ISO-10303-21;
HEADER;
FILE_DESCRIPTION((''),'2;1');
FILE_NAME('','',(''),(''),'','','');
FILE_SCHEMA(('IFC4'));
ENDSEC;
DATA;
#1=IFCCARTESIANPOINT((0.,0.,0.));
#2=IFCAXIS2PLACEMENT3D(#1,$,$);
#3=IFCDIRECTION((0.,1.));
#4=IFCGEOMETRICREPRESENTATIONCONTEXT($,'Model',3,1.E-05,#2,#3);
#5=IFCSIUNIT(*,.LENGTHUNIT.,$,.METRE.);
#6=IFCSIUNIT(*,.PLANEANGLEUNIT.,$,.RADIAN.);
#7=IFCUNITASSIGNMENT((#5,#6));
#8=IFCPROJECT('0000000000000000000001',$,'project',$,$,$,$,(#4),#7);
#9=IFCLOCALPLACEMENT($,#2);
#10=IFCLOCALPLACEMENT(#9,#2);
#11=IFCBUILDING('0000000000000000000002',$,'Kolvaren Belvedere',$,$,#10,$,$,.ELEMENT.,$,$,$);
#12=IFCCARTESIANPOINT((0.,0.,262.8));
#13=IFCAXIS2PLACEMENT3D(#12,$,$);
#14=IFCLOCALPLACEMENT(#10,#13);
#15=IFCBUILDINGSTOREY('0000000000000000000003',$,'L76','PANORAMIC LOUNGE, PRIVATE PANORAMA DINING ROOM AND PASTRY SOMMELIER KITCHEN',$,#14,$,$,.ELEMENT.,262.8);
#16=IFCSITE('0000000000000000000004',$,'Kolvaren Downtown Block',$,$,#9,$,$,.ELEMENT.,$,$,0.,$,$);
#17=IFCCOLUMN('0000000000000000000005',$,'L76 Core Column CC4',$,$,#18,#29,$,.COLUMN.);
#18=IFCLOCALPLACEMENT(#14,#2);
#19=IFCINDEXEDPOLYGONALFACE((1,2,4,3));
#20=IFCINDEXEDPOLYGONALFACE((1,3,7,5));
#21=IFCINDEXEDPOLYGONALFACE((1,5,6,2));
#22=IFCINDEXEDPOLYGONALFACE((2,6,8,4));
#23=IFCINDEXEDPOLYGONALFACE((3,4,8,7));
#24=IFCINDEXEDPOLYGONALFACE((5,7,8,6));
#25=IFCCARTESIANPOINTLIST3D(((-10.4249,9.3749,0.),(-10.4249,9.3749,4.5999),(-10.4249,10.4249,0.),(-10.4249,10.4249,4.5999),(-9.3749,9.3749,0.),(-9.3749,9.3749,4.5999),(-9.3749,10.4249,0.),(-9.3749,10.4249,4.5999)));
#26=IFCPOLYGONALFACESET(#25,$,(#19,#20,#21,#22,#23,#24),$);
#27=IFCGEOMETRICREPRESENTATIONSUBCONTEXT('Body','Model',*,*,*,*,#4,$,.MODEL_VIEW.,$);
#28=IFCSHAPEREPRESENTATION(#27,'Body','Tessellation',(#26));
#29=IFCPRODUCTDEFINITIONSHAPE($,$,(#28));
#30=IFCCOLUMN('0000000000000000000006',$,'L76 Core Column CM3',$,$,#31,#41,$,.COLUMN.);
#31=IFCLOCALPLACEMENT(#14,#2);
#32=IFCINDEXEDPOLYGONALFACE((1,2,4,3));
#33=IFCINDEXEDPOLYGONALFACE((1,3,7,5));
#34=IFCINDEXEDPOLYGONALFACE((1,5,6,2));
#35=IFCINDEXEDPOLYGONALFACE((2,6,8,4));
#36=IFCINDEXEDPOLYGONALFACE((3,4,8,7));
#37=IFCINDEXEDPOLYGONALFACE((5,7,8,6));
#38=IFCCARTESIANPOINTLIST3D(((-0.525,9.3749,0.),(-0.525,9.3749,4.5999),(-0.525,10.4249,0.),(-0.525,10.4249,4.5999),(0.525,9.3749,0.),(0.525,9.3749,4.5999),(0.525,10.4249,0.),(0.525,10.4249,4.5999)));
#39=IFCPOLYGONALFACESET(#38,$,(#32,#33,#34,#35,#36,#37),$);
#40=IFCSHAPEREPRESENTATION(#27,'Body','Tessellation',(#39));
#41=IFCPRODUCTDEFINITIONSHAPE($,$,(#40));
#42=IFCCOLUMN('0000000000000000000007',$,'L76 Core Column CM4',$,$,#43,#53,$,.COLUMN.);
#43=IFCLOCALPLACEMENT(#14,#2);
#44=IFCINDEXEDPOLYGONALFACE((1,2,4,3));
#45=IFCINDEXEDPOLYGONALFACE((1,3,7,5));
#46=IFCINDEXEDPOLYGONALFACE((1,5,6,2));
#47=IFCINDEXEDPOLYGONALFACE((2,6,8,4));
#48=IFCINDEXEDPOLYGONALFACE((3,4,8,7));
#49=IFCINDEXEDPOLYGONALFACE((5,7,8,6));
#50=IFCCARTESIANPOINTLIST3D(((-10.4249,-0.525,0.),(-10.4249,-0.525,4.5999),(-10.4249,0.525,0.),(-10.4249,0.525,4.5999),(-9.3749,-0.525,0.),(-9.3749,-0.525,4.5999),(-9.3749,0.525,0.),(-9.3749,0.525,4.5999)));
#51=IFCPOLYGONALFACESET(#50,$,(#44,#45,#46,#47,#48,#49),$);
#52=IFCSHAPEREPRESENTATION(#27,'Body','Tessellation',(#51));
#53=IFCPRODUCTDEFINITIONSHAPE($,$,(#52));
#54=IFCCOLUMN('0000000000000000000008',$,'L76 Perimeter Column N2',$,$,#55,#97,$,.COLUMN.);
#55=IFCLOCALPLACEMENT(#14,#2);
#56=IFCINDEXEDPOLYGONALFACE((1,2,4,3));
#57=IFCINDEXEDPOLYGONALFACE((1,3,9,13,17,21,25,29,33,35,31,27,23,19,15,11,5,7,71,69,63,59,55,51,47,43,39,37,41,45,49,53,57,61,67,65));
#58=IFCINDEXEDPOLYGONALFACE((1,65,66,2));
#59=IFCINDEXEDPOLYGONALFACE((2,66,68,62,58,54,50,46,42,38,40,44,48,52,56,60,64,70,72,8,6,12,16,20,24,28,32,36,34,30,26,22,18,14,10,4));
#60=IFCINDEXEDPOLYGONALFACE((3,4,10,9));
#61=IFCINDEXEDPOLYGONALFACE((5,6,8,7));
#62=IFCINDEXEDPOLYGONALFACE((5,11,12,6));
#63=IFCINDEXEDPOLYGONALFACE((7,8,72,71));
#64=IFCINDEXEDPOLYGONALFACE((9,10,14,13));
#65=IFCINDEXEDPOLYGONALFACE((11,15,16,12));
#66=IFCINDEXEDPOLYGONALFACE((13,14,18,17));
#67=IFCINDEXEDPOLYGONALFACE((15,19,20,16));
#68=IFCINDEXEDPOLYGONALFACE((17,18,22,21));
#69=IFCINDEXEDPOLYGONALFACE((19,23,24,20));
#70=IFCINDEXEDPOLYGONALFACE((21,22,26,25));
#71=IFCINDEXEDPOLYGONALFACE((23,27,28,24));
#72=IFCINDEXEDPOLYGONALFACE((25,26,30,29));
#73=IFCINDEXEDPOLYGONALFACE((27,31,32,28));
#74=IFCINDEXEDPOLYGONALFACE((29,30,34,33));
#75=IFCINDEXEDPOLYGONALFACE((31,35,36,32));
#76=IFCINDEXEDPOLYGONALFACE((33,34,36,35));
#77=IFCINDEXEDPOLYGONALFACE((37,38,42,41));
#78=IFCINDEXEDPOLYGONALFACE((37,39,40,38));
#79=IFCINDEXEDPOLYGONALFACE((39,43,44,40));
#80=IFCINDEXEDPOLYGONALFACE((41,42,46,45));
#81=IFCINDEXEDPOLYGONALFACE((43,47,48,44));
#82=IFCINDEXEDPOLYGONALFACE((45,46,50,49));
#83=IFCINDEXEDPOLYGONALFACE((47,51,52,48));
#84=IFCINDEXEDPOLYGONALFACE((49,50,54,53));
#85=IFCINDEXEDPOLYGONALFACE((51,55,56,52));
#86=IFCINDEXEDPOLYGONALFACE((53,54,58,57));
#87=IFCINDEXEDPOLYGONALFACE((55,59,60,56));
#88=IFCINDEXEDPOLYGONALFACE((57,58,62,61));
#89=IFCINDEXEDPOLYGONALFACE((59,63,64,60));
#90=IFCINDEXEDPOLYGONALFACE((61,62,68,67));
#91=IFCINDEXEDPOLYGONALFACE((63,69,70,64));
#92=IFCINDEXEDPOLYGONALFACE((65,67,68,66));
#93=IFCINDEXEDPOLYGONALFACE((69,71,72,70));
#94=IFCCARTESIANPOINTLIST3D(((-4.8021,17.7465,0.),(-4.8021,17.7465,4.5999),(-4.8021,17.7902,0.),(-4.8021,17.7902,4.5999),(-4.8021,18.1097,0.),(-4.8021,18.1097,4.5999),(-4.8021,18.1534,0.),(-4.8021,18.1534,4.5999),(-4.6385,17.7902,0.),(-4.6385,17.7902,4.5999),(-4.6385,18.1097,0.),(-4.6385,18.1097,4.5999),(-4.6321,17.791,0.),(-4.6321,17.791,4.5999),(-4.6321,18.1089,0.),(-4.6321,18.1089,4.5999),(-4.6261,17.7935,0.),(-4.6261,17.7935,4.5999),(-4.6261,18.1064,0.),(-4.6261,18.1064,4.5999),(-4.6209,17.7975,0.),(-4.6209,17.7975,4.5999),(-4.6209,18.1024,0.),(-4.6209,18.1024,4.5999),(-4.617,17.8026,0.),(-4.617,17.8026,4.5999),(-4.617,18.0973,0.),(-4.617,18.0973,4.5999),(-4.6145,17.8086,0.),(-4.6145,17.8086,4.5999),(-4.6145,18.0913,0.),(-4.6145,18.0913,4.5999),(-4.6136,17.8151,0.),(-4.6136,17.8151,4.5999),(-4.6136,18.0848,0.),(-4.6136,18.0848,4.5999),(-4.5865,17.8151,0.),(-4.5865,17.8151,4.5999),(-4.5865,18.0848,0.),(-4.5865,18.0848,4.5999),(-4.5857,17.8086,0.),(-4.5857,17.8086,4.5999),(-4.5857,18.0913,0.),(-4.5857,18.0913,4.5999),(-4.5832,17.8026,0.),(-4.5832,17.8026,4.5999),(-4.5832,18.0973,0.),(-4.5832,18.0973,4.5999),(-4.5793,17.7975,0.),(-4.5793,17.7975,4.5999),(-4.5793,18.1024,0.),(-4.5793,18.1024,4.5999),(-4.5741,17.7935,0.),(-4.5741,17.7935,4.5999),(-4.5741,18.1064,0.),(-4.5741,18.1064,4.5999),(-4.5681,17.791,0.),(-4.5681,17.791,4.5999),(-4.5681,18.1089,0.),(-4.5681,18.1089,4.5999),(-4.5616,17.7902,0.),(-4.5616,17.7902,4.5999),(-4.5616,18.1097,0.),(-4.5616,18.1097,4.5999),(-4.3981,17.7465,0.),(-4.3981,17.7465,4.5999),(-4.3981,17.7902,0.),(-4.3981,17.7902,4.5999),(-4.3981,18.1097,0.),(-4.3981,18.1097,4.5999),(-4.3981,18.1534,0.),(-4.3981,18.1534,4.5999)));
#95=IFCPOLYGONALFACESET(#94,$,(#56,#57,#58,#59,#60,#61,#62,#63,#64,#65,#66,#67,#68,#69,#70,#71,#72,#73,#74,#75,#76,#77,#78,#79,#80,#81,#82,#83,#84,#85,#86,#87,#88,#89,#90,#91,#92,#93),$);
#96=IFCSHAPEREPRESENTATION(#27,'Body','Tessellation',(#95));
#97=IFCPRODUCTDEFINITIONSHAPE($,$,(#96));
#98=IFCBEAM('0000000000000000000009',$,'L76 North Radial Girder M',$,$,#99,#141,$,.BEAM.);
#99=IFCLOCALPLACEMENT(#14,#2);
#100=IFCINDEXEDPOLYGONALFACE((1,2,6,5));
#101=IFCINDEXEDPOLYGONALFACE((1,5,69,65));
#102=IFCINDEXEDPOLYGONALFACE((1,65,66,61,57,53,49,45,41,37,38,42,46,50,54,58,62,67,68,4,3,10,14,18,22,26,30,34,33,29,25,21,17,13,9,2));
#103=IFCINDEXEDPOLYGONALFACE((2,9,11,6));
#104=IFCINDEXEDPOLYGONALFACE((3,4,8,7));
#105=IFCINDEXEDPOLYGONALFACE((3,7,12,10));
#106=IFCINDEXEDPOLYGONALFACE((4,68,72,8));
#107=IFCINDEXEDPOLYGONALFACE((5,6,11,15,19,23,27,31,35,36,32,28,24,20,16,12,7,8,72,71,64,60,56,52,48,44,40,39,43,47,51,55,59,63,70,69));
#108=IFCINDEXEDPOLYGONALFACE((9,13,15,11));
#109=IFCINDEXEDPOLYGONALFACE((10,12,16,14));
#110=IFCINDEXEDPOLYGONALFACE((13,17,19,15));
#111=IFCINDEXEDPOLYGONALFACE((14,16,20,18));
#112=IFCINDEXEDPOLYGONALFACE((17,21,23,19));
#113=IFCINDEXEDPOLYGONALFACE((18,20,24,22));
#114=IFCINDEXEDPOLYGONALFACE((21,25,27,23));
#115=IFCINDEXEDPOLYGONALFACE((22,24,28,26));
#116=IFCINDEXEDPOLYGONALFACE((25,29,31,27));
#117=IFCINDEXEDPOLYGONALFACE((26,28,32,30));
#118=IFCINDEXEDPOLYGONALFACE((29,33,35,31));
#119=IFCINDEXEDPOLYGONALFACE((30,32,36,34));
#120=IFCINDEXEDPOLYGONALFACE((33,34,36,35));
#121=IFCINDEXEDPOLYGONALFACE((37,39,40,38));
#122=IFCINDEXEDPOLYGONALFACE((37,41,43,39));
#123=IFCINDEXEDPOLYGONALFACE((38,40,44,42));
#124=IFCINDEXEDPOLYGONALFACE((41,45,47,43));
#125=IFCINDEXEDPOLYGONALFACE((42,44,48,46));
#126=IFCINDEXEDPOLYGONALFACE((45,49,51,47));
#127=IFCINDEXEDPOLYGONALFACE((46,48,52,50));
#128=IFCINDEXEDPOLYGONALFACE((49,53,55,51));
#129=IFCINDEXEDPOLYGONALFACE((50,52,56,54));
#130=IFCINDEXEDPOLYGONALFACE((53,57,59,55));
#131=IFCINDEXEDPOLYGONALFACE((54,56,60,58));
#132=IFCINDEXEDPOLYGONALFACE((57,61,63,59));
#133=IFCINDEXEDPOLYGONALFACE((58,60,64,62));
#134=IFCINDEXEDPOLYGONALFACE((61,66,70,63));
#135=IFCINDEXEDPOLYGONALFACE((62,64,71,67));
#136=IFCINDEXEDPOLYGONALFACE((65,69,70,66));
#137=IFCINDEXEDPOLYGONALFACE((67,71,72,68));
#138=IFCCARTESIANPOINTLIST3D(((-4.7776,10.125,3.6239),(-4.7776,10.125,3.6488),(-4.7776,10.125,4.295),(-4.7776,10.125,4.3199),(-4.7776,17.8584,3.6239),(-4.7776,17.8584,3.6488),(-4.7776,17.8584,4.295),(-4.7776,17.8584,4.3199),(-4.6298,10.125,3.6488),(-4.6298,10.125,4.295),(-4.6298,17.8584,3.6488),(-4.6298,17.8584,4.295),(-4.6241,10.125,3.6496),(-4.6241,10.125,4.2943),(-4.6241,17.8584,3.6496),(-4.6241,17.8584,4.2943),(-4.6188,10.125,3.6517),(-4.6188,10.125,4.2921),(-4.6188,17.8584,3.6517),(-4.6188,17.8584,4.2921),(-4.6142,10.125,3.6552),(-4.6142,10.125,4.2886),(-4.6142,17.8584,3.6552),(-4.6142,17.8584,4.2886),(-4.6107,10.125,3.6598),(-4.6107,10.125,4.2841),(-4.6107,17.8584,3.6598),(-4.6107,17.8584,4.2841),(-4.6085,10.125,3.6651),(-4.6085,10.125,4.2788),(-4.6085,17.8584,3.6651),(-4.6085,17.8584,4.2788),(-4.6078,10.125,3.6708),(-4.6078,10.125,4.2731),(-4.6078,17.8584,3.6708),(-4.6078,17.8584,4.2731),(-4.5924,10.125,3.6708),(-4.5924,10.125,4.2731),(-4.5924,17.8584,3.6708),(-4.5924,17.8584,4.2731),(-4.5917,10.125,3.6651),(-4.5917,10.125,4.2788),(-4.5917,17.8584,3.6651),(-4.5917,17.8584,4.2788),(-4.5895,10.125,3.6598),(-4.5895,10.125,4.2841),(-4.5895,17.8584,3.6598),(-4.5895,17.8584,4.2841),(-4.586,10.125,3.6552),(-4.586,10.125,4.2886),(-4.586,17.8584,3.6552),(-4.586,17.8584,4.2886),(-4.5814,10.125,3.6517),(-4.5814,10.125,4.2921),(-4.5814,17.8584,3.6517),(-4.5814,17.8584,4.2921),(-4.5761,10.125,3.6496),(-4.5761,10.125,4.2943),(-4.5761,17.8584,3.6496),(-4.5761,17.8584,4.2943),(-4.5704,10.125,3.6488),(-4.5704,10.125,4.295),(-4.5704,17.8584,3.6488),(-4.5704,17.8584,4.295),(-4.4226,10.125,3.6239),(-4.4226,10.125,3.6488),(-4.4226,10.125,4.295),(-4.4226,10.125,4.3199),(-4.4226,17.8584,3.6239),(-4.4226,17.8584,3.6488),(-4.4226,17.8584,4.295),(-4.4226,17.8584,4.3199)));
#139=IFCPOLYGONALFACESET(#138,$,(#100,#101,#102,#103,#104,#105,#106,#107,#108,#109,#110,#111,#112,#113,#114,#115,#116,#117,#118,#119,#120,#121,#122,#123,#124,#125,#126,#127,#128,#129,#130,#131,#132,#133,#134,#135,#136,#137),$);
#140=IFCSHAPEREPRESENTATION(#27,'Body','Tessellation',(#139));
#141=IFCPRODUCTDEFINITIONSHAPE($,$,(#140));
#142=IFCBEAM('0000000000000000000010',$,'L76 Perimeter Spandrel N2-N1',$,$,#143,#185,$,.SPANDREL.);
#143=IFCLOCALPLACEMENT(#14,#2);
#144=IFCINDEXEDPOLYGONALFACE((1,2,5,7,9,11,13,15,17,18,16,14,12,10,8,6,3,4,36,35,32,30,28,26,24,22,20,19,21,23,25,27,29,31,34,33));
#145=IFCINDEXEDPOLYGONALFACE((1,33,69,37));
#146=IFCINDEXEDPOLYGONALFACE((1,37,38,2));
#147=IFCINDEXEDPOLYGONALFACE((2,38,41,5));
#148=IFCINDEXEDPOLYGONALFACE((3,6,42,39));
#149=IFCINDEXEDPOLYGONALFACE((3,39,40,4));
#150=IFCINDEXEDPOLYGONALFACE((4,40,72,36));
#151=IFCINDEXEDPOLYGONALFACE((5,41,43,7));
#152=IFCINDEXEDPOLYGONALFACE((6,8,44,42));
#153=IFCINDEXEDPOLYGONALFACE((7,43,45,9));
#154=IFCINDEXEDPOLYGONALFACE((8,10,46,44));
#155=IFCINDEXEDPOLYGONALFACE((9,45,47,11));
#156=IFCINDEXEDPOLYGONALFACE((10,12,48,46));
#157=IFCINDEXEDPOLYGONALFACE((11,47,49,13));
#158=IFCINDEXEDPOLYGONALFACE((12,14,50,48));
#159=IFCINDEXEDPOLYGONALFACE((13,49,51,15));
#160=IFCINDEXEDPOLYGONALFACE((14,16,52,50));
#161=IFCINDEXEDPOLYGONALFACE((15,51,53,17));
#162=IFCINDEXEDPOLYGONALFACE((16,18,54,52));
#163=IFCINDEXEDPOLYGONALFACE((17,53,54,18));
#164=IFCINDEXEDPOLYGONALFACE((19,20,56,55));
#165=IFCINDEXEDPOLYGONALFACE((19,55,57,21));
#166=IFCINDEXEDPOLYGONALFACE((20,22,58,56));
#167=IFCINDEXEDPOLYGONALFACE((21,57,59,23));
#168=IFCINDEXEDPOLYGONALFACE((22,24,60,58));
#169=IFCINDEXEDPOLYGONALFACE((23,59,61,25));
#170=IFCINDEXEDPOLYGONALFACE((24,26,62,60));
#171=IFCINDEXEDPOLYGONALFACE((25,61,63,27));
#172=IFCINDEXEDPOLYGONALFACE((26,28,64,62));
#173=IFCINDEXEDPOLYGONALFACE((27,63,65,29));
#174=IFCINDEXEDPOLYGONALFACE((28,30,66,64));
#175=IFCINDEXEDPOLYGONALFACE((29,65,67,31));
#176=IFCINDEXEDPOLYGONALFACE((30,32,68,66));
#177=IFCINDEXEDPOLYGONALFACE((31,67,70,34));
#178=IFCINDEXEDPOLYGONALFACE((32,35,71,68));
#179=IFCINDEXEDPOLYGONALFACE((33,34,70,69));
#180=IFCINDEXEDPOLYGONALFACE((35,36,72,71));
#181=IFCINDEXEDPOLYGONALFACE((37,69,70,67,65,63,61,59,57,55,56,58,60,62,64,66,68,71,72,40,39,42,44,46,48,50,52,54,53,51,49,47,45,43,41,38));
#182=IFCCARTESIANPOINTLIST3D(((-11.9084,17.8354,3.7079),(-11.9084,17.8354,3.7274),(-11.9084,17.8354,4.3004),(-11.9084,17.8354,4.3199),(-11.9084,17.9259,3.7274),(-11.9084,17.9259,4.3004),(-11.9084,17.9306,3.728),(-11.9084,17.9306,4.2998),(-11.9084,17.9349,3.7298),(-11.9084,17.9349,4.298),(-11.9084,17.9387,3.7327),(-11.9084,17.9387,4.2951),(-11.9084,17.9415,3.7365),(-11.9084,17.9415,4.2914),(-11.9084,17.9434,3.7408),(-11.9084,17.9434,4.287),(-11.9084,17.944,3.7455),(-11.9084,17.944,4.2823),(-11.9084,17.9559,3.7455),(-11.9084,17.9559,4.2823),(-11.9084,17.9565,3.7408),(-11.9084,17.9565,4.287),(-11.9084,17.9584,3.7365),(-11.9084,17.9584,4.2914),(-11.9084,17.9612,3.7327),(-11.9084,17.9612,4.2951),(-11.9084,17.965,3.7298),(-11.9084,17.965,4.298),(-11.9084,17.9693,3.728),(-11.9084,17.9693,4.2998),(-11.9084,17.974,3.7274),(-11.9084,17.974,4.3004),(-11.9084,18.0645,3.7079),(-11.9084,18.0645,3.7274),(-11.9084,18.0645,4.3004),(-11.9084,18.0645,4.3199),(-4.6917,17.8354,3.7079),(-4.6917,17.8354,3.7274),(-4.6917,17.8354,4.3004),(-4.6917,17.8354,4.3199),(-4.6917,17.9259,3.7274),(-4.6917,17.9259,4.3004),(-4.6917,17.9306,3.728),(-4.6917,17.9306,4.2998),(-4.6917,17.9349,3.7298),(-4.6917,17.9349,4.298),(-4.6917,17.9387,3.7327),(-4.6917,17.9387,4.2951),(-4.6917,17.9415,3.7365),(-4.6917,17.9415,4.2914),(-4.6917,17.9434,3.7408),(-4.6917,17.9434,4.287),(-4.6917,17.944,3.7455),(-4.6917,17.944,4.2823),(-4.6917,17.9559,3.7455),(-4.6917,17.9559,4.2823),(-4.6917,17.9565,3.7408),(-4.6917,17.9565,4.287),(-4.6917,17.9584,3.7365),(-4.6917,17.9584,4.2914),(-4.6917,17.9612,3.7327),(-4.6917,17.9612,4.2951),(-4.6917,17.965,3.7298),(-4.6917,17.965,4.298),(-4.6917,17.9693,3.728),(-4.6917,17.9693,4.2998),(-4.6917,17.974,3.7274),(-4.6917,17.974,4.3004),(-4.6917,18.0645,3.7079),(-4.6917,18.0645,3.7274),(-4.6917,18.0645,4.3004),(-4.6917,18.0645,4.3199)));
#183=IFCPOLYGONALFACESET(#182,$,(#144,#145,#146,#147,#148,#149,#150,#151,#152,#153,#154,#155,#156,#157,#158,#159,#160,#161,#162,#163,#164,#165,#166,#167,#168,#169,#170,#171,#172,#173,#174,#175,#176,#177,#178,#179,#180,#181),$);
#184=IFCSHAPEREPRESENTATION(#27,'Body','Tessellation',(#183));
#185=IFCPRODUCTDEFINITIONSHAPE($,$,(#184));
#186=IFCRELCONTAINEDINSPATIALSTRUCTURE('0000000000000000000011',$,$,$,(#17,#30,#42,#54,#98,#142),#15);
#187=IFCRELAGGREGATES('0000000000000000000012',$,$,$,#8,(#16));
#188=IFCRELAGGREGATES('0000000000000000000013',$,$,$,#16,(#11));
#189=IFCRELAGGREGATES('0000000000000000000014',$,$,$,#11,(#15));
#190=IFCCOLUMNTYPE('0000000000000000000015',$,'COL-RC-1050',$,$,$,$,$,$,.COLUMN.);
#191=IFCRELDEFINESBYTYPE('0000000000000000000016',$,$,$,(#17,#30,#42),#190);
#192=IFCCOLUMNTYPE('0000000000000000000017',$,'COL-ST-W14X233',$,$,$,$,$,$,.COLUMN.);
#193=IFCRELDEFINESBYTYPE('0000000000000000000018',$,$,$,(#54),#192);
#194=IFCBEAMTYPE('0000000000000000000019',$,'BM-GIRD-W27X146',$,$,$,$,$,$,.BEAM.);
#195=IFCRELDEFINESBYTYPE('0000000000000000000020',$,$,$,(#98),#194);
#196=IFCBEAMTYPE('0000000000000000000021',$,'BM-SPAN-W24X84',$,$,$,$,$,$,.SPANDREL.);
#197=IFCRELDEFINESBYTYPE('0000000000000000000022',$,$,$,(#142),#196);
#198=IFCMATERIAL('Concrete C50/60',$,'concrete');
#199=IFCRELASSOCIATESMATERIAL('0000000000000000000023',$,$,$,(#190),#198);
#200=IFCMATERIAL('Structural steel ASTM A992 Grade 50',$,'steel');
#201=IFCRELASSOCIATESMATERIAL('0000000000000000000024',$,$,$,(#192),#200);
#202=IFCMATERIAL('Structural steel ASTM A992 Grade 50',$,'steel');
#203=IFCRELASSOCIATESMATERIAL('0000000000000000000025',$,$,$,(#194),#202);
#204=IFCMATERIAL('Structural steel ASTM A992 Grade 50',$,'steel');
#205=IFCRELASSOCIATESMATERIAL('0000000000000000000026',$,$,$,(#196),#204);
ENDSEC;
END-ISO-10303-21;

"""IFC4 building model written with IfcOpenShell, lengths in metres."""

from ifc_helpers import new_model, si_unit, direction, frame, origin, origin_2d, place, context, subcontext, project, spatial, rectangle, i_section, extrude, material, material_profile, profile_set, type_object, element, save


model = new_model("IFC4")

# Units and contexts
model_context = context("Model", 3, precision=1e-05, world=origin(), true_north=direction((0.0, 1.0)))
body_context = subcontext(model_context, "Body", "Model", "MODEL_VIEW")
ifc_project = project(units=[si_unit("LENGTHUNIT", "METRE"), si_unit("PLANEANGLEUNIT", "RADIAN")], contexts=[model_context])

# Site, building, storey
site_placement = place(None, origin())
site = spatial("IfcSite", under=ifc_project, at=site_placement, Name="Kolvaren Downtown Block", CompositionType="ELEMENT", RefElevation=0.0)
building_placement = place(site_placement, origin())
building = spatial("IfcBuilding", under=site, at=building_placement, Name="Kolvaren Belvedere", CompositionType="ELEMENT")
storey_placement = place(building_placement, frame((0.0, 0.0, 262.8)))
storey = spatial("IfcBuildingStorey", under=building, at=storey_placement, Name="L76", Description="PANORAMIC LOUNGE, PRIVATE PANORAMA DINING ROOM AND PASTRY SOMMELIER KITCHEN", CompositionType="ELEMENT", Elevation=262.8)

# Columns
ifc_material_1 = material(Name="Concrete C50/60", Category="concrete")
ifc_material_profile_1 = material_profile(ifc_material_1, rectangle(XDim=1.05, YDim=1.05, at=origin_2d()), Name="RC 1050X1050")
ifc_profile_set_1 = profile_set([ifc_material_profile_1], Name="Concrete C50/60")
column_type_1 = type_object("IfcColumnType", Name="COL-RC-1050", PredefinedType="COLUMN", material=ifc_profile_set_1)
for number, where, z_axis, x_axis, name in (
    (1, (-9.8999, 9.8999, 0.0), (0.0, 0.0, 1.0), (1.0, 0.0, 0.0), "L76 Core Column CC4"),
    (2, (0.0, 9.8999, 0.0), (0.0, 0.0, 1.0), (1.0, 0.0, 0.0), "L76 Core Column CM3"),
    (3, (-9.8999, 0.0, 0.0), (0.0, 0.0, 1.0), (1.0, 0.0, 0.0), "L76 Core Column CM4"),
):
    element("IfcColumn", number, at=place(storey_placement, frame(where, z_axis=z_axis, x_axis=x_axis)), inside=storey, type_object=column_type_1, Name=name, PredefinedType="COLUMN", context=body_context, shape_type="SweptSolid", body=[
        extrude(rectangle(XDim=1.05, YDim=1.05, at=origin_2d()), origin(), (0.0, 0.0, 1.0), 4.5999),
    ])
ifc_material_2 = material(Name="Structural steel ASTM A992 Grade 50", Category="steel")
ifc_material_profile_2 = material_profile(ifc_material_2, i_section(OverallWidth=0.4041, OverallDepth=0.407, WebThickness=0.0271, FlangeThickness=0.0437, FilletRadius=0.0249, at=origin_2d()), Name="W14X233")
ifc_profile_set_2 = profile_set([ifc_material_profile_2], Name="Structural steel ASTM A992 Grade 50")
column_type_2 = type_object("IfcColumnType", Name="COL-ST-W14X233", PredefinedType="COLUMN", material=ifc_profile_set_2)
column_placement = place(storey_placement, frame((-4.6001, 17.95, 0.0), z_axis=(0.0, 0.0, 1.0), x_axis=(1.0, 0.0, 0.0)))
element("IfcColumn", 4, at=column_placement, inside=storey, type_object=column_type_2, Name="L76 Perimeter Column N2", PredefinedType="COLUMN", context=body_context, shape_type="SweptSolid", body=[
    extrude(i_section(OverallWidth=0.4041, OverallDepth=0.407, WebThickness=0.0271, FlangeThickness=0.0437, FilletRadius=0.0249, at=origin_2d()), origin(), (0.0, 0.0, 1.0), 4.5999),
])

# Beams
ifc_material_3 = material(Name="Structural steel ASTM A992 Grade 50", Category="steel")
ifc_material_profile_3 = material_profile(ifc_material_3, i_section(OverallWidth=0.355, OverallDepth=0.696, WebThickness=0.0154, FlangeThickness=0.0249, FilletRadius=0.022, at=origin_2d()), Name="W27X146")
ifc_profile_set_3 = profile_set([ifc_material_profile_3], Name="Structural steel ASTM A992 Grade 50")
beam_type_1 = type_object("IfcBeamType", Name="BM-GIRD-W27X146", PredefinedType="BEAM", material=ifc_profile_set_3)
beam_1_placement = place(storey_placement, frame((-4.6001, 10.125, 3.9719), z_axis=(0.0, 1.0, 0.0), x_axis=(-1.0, 0.0, 0.0)))
element("IfcBeam", 5, at=beam_1_placement, inside=storey, type_object=beam_type_1, Name="L76 North Radial Girder M", PredefinedType="BEAM", context=body_context, shape_type="SweptSolid", body=[
    extrude(i_section(OverallWidth=0.355, OverallDepth=0.696, WebThickness=0.0154, FlangeThickness=0.0249, FilletRadius=0.022, at=origin_2d()), origin(), (0.0, 0.0, 1.0), 7.7334),
])
ifc_material_4 = material(Name="Structural steel ASTM A992 Grade 50", Category="steel")
ifc_material_profile_4 = material_profile(ifc_material_4, i_section(OverallWidth=0.229, OverallDepth=0.6121, WebThickness=0.012, FlangeThickness=0.0195, FilletRadius=0.0181, at=origin_2d()), Name="W24X84")
ifc_profile_set_4 = profile_set([ifc_material_profile_4], Name="Structural steel ASTM A992 Grade 50")
beam_type_2 = type_object("IfcBeamType", Name="BM-SPAN-W24X84", PredefinedType="SPANDREL", material=ifc_profile_set_4)
beam_2_placement = place(storey_placement, frame((-4.6917, 17.95, 4.0139), z_axis=(-1.0, 0.0, 0.0), x_axis=(0.0, -1.0, 0.0)))
element("IfcBeam", 6, at=beam_2_placement, inside=storey, type_object=beam_type_2, Name="L76 Perimeter Spandrel N2-N1", PredefinedType="SPANDREL", context=body_context, shape_type="SweptSolid", body=[
    extrude(i_section(OverallWidth=0.229, OverallDepth=0.6121, WebThickness=0.012, FlangeThickness=0.0195, FilletRadius=0.0181, at=origin_2d()), origin(), (0.0, 0.0, 1.0), 7.2168),
])

save(model, "model.ifc")
